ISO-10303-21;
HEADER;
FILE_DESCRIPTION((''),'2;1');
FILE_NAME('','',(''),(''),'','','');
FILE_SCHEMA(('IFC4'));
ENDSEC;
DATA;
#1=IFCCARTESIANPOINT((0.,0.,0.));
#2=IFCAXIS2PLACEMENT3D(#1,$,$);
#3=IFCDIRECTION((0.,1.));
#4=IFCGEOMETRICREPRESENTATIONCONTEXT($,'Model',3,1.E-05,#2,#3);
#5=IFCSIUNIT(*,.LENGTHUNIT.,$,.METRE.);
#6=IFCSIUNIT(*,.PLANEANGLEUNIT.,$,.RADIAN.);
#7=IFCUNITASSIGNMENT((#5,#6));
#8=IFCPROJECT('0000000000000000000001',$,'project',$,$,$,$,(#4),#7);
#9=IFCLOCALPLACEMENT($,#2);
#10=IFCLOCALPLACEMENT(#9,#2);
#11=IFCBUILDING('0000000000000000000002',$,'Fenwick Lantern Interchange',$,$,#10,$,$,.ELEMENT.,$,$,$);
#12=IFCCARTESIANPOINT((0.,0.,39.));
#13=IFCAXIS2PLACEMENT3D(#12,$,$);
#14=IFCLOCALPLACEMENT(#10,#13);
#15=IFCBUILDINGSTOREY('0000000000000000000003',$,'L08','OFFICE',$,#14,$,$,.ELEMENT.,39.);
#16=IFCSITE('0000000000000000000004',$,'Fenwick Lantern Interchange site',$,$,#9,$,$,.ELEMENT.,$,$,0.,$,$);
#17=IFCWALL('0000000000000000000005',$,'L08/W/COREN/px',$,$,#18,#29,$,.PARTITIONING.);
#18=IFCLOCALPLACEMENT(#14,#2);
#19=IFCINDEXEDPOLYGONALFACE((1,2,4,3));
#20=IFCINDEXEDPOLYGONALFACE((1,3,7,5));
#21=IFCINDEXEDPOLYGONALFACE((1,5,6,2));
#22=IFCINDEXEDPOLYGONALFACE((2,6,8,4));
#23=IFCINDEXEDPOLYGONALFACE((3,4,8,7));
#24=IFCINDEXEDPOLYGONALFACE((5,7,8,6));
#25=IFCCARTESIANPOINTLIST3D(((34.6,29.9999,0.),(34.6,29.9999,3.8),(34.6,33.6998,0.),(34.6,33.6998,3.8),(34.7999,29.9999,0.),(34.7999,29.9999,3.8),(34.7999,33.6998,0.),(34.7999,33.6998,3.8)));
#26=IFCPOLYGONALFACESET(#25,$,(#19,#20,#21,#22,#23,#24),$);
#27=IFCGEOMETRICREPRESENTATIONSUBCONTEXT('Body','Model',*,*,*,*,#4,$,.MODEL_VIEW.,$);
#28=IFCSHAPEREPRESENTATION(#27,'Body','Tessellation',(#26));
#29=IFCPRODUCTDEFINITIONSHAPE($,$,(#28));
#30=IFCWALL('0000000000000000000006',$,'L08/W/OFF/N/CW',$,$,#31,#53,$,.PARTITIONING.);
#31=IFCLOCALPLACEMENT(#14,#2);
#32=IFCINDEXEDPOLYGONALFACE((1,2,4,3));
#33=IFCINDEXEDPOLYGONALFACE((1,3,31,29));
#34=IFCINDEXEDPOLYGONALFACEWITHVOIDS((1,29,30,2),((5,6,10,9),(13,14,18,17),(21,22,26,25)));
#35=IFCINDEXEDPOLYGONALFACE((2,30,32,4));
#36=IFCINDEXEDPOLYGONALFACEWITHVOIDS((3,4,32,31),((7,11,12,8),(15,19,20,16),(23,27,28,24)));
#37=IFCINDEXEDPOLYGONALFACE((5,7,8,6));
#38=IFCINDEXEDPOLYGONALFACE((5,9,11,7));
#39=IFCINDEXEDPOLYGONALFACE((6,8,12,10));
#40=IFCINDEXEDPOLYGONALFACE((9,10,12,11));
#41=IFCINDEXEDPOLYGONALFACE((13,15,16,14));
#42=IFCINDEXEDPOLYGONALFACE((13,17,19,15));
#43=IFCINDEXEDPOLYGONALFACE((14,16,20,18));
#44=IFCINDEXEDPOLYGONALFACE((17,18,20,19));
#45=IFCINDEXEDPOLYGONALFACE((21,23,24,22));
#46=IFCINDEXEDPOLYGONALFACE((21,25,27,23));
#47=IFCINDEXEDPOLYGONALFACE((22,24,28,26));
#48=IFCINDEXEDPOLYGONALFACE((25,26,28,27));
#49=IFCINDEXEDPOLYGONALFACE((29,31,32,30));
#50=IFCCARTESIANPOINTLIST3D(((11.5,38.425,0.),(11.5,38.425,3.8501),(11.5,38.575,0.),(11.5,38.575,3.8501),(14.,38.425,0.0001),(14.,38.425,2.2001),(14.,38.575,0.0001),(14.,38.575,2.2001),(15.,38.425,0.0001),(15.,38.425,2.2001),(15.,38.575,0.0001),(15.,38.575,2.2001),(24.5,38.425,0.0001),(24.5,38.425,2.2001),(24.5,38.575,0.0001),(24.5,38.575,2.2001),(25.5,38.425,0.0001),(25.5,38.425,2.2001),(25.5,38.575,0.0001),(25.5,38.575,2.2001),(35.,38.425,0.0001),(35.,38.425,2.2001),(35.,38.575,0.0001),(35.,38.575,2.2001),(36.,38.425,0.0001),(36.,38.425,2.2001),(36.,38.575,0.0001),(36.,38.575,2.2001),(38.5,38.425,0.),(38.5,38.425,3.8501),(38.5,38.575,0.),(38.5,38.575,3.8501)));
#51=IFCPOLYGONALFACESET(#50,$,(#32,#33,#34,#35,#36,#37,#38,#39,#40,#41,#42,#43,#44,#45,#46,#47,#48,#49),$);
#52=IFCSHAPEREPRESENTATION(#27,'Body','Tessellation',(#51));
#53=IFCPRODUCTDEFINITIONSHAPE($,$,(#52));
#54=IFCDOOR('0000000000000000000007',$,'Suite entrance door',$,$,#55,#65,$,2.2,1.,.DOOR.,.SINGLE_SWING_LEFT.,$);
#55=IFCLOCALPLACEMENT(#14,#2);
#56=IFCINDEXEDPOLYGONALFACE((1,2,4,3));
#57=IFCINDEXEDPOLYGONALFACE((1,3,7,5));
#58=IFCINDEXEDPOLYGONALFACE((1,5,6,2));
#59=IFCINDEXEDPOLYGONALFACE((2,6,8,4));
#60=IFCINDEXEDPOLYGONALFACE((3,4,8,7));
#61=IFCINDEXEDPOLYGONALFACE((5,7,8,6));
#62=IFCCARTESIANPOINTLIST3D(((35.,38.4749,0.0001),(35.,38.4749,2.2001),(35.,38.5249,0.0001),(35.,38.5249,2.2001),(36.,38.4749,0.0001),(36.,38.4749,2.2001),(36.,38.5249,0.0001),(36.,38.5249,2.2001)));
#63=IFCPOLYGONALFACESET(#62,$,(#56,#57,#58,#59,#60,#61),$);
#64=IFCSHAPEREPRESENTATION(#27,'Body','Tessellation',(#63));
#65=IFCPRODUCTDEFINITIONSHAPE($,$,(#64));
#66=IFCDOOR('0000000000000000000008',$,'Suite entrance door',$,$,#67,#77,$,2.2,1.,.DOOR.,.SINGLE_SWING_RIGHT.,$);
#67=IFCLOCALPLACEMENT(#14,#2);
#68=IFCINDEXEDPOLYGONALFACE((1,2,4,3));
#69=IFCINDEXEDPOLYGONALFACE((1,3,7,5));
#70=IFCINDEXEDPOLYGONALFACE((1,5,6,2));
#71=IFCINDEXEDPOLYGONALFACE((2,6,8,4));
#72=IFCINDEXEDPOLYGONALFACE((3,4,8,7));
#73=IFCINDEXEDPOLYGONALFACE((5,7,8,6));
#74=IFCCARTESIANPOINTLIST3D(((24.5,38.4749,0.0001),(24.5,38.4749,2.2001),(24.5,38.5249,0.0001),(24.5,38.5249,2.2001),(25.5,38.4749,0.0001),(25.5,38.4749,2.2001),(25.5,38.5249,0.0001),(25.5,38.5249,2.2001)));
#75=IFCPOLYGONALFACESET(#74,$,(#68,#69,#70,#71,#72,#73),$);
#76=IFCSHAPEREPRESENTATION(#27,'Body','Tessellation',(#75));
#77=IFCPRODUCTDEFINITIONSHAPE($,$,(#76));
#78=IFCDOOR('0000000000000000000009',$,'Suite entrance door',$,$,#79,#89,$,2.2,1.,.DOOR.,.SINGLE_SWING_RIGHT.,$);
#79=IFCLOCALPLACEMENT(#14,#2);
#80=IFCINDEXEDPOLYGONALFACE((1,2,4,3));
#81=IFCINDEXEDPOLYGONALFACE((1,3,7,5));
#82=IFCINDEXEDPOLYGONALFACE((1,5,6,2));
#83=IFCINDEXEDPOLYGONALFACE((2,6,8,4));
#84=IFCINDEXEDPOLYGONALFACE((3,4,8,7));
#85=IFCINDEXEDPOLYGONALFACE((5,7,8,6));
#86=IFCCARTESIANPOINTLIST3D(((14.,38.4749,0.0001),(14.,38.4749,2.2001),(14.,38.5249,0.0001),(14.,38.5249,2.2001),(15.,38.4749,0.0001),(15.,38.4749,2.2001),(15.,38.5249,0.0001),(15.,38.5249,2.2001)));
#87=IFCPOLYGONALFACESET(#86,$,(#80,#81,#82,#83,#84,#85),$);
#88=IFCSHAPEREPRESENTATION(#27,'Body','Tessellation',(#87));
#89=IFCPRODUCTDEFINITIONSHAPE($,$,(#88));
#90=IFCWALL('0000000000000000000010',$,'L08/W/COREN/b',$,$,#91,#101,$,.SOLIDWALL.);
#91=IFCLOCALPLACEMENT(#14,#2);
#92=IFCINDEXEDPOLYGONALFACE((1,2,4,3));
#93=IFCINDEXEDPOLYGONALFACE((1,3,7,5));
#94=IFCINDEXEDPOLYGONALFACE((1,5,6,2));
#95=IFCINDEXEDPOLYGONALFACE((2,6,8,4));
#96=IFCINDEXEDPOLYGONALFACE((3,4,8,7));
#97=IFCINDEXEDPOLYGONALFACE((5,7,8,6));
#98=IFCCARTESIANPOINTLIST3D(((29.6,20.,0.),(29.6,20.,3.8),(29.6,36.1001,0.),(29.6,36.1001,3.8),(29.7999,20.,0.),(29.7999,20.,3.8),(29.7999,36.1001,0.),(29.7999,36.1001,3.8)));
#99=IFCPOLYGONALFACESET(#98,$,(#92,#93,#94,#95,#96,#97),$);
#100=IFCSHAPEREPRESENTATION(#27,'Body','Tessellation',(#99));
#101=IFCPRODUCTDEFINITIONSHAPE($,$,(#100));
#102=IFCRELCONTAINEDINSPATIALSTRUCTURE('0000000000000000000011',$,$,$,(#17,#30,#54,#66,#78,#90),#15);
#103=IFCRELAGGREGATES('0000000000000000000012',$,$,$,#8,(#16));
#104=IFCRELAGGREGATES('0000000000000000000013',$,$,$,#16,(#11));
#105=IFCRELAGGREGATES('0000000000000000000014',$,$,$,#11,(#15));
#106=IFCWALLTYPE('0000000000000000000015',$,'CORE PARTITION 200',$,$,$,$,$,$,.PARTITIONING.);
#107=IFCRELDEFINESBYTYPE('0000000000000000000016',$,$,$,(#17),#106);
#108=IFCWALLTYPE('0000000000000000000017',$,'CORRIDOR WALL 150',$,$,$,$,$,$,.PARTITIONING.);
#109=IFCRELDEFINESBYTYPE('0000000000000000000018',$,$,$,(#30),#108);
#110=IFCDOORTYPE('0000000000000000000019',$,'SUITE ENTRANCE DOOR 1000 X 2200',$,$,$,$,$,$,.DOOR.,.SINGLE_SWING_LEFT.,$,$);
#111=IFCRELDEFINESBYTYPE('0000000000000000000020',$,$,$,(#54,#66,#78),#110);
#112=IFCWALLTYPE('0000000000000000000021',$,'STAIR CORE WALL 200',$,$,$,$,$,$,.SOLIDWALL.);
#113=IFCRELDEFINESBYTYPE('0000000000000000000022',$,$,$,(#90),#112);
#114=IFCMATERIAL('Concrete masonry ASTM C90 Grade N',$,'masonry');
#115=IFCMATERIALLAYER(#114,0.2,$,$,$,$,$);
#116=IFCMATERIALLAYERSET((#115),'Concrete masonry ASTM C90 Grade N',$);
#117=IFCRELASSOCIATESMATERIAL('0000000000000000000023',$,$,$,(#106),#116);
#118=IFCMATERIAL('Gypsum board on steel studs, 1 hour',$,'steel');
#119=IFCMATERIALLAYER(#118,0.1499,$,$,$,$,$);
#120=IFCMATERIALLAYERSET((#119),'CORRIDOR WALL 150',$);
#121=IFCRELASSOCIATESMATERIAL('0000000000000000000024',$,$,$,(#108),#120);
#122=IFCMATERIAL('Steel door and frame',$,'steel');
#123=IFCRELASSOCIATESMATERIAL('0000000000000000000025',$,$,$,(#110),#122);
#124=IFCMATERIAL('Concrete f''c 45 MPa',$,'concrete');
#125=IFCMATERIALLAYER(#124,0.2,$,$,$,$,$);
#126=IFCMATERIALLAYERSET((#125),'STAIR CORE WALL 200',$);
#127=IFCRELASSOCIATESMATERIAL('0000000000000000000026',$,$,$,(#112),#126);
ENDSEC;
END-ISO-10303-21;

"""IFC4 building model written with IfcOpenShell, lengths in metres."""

from ifc_helpers import new_model, si_unit, direction, frame, frame_2d, origin, place, context, subcontext, project, spatial, rectangle, extrude, material, layer, layer_set, type_object, element, fill, save


model = new_model("IFC4")

# Units and contexts
model_context = context("Model", 3, precision=1e-05, world=origin(), true_north=direction((0.0, 1.0)))
body_context = subcontext(model_context, "Body", "Model", "MODEL_VIEW")
ifc_project = project(units=[si_unit("LENGTHUNIT", "METRE"), si_unit("PLANEANGLEUNIT", "RADIAN")], contexts=[model_context])

# Site, building, storey
site_placement = place(None, origin())
site = spatial("IfcSite", under=ifc_project, at=site_placement, Name="Fenwick Lantern Interchange site", CompositionType="ELEMENT", RefElevation=0.0)
building_placement = place(site_placement, origin())
building = spatial("IfcBuilding", under=site, at=building_placement, Name="Fenwick Lantern Interchange", CompositionType="ELEMENT")
storey_placement = place(building_placement, frame((0.0, 0.0, 39.0)))
storey = spatial("IfcBuildingStorey", under=building, at=storey_placement, Name="L08", Description="OFFICE", CompositionType="ELEMENT", Elevation=39.0)

# Shared definitions
ifc_material_1 = material(Name="Concrete masonry ASTM C90 Grade N", Category="masonry")
ifc_layer_1 = layer(ifc_material_1, 0.2)
ifc_layer_set_1 = layer_set([ifc_layer_1], Name="Concrete masonry ASTM C90 Grade N")
wall_type_1 = type_object("IfcWallType", Name="CORE PARTITION 200", PredefinedType="PARTITIONING", material=ifc_layer_set_1)
ifc_material_2 = material(Name="Steel door and frame", Category="steel")

# Wall
wall_1_placement = place(storey_placement, frame((34.7, 33.7, 0.0), z_axis=(0.0, 0.0, 1.0), x_axis=(0.0, -1.0, 0.0)))
element("IfcWall", 1, at=wall_1_placement, inside=storey, type_object=wall_type_1, Name="L08/W/COREN/px", PredefinedType="PARTITIONING", context=body_context, shape_type="SweptSolid", body=[
    extrude(rectangle(XDim=3.7, YDim=0.2, at=frame_2d((1.8501, 0.0))), origin(), (0.0, 0.0, 1.0), 3.8),
])

# Wall, openings, doors
ifc_material_3 = material(Name="Gypsum board on steel studs, 1 hour", Category="steel")
ifc_layer_2 = layer(ifc_material_3, 0.1499)
ifc_layer_set_2 = layer_set([ifc_layer_2], Name="CORRIDOR WALL 150")
wall_type_2 = type_object("IfcWallType", Name="CORRIDOR WALL 150", PredefinedType="PARTITIONING", material=ifc_layer_set_2)
wall_2_placement = place(storey_placement, frame((38.5, 38.5, 0.0), z_axis=(0.0, 0.0, 1.0), x_axis=(-1.0, 0.0, 0.0)))
wall_2 = element("IfcWall", 2, at=wall_2_placement, inside=storey, type_object=wall_type_2, Name="L08/W/OFF/N/CW", PredefinedType="PARTITIONING", context=body_context, shape_type="SweptSolid", body=[
    extrude(rectangle(XDim=27.0, YDim=0.1499, at=frame_2d((13.5, 0.0))), origin(), (0.0, 0.0, 1.0), 3.8501),
])
opening_1_placement = place(wall_2_placement, frame((2.5, 0.0, 0.0)))
opening_1 = element("IfcOpeningElement", 3, at=opening_1_placement, cuts=wall_2, PredefinedType="OPENING", context=body_context, shape_type="SweptSolid", body=[
    extrude(rectangle(XDim=1.0, YDim=2.2, at=frame_2d((0.5, 1.1001))), frame((0.0, 0.085, 0.0), z_axis=(0.0, -1.0, 0.0), x_axis=(1.0, 0.0, 0.0)), (0.0, 0.0, 1.0), 0.1699),
])
opening_2_placement = place(wall_2_placement, frame((13.0, 0.0, 0.0)))
opening_2 = element("IfcOpeningElement", 4, at=opening_2_placement, cuts=wall_2, PredefinedType="OPENING", context=body_context, shape_type="SweptSolid", body=[
    extrude(rectangle(XDim=1.0, YDim=2.2, at=frame_2d((0.5, 1.1001))), frame((0.0, 0.085, 0.0), z_axis=(0.0, -1.0, 0.0), x_axis=(1.0, 0.0, 0.0)), (0.0, 0.0, 1.0), 0.1699),
])
opening_3_placement = place(wall_2_placement, frame((23.5, 0.0, 0.0)))
opening_3 = element("IfcOpeningElement", 5, at=opening_3_placement, cuts=wall_2, PredefinedType="OPENING", context=body_context, shape_type="SweptSolid", body=[
    extrude(rectangle(XDim=1.0, YDim=2.2, at=frame_2d((0.5, 1.1001))), frame((0.0, 0.085, 0.0), z_axis=(0.0, -1.0, 0.0), x_axis=(1.0, 0.0, 0.0)), (0.0, 0.0, 1.0), 0.1699),
])
door_type_1 = type_object("IfcDoorType", Name="SUITE ENTRANCE DOOR 1000 X 2200", OperationType="SINGLE_SWING_LEFT", PredefinedType="DOOR", material=ifc_material_2)
door_1_placement = place(opening_1_placement, frame((1.0, 0.0, 0.0), z_axis=(0.0, 0.0, 1.0), x_axis=(-1.0, 0.0, 0.0)))
door_1 = element("IfcDoor", 6, at=door_1_placement, inside=storey, type_object=door_type_1, Name="Suite entrance door", OperationType="SINGLE_SWING_LEFT", OverallHeight=2.2, OverallWidth=1.0, PredefinedType="DOOR", context=body_context, shape_type="SweptSolid", body=[
    extrude(rectangle(XDim=1.0, YDim=2.2, at=frame_2d((0.5, 1.1001))), frame((0.0, 0.0249, 0.0), z_axis=(0.0, -1.0, 0.0), x_axis=(1.0, 0.0, 0.0)), (0.0, 0.0, 1.0), 0.05),
])
fill(opening_1, door_1)
door_2_placement = place(opening_2_placement, frame((1.0, 0.0, 0.0), z_axis=(0.0, 0.0, 1.0), x_axis=(-1.0, 0.0, 0.0)))
door_2 = element("IfcDoor", 7, at=door_2_placement, inside=storey, type_object=door_type_1, Name="Suite entrance door", OperationType="SINGLE_SWING_RIGHT", OverallHeight=2.2, OverallWidth=1.0, PredefinedType="DOOR", context=body_context, shape_type="SweptSolid", body=[
    extrude(rectangle(XDim=1.0, YDim=2.2, at=frame_2d((0.5, 1.1001))), frame((0.0, 0.0249, 0.0), z_axis=(0.0, -1.0, 0.0), x_axis=(1.0, 0.0, 0.0)), (0.0, 0.0, 1.0), 0.05),
])
fill(opening_2, door_2)
door_3_placement = place(opening_3_placement, frame((1.0, 0.0, 0.0), z_axis=(0.0, 0.0, 1.0), x_axis=(-1.0, 0.0, 0.0)))
door_3 = element("IfcDoor", 8, at=door_3_placement, inside=storey, type_object=door_type_1, Name="Suite entrance door", OperationType="SINGLE_SWING_RIGHT", OverallHeight=2.2, OverallWidth=1.0, PredefinedType="DOOR", context=body_context, shape_type="SweptSolid", body=[
    extrude(rectangle(XDim=1.0, YDim=2.2, at=frame_2d((0.5, 1.1001))), frame((0.0, 0.0249, 0.0), z_axis=(0.0, -1.0, 0.0), x_axis=(1.0, 0.0, 0.0)), (0.0, 0.0, 1.0), 0.05),
])
fill(opening_3, door_3)

# Wall
ifc_material_4 = material(Name="Concrete f'c 45 MPa", Category="concrete")
ifc_layer_3 = layer(ifc_material_4, 0.2)
ifc_layer_set_3 = layer_set([ifc_layer_3], Name="STAIR CORE WALL 200")
wall_type_3 = type_object("IfcWallType", Name="STAIR CORE WALL 200", PredefinedType="SOLIDWALL", material=ifc_layer_set_3)
wall_3_placement = place(storey_placement, frame((29.7, 36.1001, 0.0), z_axis=(0.0, 0.0, 1.0), x_axis=(0.0, -1.0, 0.0)))
element("IfcWall", 9, at=wall_3_placement, inside=storey, type_object=wall_type_3, Name="L08/W/COREN/b", PredefinedType="SOLIDWALL", context=body_context, shape_type="SweptSolid", body=[
    extrude(rectangle(XDim=16.1001, YDim=0.2, at=frame_2d((8.05, 0.0))), origin(), (0.0, 0.0, 1.0), 3.8),
])

save(model, "model.ifc")
